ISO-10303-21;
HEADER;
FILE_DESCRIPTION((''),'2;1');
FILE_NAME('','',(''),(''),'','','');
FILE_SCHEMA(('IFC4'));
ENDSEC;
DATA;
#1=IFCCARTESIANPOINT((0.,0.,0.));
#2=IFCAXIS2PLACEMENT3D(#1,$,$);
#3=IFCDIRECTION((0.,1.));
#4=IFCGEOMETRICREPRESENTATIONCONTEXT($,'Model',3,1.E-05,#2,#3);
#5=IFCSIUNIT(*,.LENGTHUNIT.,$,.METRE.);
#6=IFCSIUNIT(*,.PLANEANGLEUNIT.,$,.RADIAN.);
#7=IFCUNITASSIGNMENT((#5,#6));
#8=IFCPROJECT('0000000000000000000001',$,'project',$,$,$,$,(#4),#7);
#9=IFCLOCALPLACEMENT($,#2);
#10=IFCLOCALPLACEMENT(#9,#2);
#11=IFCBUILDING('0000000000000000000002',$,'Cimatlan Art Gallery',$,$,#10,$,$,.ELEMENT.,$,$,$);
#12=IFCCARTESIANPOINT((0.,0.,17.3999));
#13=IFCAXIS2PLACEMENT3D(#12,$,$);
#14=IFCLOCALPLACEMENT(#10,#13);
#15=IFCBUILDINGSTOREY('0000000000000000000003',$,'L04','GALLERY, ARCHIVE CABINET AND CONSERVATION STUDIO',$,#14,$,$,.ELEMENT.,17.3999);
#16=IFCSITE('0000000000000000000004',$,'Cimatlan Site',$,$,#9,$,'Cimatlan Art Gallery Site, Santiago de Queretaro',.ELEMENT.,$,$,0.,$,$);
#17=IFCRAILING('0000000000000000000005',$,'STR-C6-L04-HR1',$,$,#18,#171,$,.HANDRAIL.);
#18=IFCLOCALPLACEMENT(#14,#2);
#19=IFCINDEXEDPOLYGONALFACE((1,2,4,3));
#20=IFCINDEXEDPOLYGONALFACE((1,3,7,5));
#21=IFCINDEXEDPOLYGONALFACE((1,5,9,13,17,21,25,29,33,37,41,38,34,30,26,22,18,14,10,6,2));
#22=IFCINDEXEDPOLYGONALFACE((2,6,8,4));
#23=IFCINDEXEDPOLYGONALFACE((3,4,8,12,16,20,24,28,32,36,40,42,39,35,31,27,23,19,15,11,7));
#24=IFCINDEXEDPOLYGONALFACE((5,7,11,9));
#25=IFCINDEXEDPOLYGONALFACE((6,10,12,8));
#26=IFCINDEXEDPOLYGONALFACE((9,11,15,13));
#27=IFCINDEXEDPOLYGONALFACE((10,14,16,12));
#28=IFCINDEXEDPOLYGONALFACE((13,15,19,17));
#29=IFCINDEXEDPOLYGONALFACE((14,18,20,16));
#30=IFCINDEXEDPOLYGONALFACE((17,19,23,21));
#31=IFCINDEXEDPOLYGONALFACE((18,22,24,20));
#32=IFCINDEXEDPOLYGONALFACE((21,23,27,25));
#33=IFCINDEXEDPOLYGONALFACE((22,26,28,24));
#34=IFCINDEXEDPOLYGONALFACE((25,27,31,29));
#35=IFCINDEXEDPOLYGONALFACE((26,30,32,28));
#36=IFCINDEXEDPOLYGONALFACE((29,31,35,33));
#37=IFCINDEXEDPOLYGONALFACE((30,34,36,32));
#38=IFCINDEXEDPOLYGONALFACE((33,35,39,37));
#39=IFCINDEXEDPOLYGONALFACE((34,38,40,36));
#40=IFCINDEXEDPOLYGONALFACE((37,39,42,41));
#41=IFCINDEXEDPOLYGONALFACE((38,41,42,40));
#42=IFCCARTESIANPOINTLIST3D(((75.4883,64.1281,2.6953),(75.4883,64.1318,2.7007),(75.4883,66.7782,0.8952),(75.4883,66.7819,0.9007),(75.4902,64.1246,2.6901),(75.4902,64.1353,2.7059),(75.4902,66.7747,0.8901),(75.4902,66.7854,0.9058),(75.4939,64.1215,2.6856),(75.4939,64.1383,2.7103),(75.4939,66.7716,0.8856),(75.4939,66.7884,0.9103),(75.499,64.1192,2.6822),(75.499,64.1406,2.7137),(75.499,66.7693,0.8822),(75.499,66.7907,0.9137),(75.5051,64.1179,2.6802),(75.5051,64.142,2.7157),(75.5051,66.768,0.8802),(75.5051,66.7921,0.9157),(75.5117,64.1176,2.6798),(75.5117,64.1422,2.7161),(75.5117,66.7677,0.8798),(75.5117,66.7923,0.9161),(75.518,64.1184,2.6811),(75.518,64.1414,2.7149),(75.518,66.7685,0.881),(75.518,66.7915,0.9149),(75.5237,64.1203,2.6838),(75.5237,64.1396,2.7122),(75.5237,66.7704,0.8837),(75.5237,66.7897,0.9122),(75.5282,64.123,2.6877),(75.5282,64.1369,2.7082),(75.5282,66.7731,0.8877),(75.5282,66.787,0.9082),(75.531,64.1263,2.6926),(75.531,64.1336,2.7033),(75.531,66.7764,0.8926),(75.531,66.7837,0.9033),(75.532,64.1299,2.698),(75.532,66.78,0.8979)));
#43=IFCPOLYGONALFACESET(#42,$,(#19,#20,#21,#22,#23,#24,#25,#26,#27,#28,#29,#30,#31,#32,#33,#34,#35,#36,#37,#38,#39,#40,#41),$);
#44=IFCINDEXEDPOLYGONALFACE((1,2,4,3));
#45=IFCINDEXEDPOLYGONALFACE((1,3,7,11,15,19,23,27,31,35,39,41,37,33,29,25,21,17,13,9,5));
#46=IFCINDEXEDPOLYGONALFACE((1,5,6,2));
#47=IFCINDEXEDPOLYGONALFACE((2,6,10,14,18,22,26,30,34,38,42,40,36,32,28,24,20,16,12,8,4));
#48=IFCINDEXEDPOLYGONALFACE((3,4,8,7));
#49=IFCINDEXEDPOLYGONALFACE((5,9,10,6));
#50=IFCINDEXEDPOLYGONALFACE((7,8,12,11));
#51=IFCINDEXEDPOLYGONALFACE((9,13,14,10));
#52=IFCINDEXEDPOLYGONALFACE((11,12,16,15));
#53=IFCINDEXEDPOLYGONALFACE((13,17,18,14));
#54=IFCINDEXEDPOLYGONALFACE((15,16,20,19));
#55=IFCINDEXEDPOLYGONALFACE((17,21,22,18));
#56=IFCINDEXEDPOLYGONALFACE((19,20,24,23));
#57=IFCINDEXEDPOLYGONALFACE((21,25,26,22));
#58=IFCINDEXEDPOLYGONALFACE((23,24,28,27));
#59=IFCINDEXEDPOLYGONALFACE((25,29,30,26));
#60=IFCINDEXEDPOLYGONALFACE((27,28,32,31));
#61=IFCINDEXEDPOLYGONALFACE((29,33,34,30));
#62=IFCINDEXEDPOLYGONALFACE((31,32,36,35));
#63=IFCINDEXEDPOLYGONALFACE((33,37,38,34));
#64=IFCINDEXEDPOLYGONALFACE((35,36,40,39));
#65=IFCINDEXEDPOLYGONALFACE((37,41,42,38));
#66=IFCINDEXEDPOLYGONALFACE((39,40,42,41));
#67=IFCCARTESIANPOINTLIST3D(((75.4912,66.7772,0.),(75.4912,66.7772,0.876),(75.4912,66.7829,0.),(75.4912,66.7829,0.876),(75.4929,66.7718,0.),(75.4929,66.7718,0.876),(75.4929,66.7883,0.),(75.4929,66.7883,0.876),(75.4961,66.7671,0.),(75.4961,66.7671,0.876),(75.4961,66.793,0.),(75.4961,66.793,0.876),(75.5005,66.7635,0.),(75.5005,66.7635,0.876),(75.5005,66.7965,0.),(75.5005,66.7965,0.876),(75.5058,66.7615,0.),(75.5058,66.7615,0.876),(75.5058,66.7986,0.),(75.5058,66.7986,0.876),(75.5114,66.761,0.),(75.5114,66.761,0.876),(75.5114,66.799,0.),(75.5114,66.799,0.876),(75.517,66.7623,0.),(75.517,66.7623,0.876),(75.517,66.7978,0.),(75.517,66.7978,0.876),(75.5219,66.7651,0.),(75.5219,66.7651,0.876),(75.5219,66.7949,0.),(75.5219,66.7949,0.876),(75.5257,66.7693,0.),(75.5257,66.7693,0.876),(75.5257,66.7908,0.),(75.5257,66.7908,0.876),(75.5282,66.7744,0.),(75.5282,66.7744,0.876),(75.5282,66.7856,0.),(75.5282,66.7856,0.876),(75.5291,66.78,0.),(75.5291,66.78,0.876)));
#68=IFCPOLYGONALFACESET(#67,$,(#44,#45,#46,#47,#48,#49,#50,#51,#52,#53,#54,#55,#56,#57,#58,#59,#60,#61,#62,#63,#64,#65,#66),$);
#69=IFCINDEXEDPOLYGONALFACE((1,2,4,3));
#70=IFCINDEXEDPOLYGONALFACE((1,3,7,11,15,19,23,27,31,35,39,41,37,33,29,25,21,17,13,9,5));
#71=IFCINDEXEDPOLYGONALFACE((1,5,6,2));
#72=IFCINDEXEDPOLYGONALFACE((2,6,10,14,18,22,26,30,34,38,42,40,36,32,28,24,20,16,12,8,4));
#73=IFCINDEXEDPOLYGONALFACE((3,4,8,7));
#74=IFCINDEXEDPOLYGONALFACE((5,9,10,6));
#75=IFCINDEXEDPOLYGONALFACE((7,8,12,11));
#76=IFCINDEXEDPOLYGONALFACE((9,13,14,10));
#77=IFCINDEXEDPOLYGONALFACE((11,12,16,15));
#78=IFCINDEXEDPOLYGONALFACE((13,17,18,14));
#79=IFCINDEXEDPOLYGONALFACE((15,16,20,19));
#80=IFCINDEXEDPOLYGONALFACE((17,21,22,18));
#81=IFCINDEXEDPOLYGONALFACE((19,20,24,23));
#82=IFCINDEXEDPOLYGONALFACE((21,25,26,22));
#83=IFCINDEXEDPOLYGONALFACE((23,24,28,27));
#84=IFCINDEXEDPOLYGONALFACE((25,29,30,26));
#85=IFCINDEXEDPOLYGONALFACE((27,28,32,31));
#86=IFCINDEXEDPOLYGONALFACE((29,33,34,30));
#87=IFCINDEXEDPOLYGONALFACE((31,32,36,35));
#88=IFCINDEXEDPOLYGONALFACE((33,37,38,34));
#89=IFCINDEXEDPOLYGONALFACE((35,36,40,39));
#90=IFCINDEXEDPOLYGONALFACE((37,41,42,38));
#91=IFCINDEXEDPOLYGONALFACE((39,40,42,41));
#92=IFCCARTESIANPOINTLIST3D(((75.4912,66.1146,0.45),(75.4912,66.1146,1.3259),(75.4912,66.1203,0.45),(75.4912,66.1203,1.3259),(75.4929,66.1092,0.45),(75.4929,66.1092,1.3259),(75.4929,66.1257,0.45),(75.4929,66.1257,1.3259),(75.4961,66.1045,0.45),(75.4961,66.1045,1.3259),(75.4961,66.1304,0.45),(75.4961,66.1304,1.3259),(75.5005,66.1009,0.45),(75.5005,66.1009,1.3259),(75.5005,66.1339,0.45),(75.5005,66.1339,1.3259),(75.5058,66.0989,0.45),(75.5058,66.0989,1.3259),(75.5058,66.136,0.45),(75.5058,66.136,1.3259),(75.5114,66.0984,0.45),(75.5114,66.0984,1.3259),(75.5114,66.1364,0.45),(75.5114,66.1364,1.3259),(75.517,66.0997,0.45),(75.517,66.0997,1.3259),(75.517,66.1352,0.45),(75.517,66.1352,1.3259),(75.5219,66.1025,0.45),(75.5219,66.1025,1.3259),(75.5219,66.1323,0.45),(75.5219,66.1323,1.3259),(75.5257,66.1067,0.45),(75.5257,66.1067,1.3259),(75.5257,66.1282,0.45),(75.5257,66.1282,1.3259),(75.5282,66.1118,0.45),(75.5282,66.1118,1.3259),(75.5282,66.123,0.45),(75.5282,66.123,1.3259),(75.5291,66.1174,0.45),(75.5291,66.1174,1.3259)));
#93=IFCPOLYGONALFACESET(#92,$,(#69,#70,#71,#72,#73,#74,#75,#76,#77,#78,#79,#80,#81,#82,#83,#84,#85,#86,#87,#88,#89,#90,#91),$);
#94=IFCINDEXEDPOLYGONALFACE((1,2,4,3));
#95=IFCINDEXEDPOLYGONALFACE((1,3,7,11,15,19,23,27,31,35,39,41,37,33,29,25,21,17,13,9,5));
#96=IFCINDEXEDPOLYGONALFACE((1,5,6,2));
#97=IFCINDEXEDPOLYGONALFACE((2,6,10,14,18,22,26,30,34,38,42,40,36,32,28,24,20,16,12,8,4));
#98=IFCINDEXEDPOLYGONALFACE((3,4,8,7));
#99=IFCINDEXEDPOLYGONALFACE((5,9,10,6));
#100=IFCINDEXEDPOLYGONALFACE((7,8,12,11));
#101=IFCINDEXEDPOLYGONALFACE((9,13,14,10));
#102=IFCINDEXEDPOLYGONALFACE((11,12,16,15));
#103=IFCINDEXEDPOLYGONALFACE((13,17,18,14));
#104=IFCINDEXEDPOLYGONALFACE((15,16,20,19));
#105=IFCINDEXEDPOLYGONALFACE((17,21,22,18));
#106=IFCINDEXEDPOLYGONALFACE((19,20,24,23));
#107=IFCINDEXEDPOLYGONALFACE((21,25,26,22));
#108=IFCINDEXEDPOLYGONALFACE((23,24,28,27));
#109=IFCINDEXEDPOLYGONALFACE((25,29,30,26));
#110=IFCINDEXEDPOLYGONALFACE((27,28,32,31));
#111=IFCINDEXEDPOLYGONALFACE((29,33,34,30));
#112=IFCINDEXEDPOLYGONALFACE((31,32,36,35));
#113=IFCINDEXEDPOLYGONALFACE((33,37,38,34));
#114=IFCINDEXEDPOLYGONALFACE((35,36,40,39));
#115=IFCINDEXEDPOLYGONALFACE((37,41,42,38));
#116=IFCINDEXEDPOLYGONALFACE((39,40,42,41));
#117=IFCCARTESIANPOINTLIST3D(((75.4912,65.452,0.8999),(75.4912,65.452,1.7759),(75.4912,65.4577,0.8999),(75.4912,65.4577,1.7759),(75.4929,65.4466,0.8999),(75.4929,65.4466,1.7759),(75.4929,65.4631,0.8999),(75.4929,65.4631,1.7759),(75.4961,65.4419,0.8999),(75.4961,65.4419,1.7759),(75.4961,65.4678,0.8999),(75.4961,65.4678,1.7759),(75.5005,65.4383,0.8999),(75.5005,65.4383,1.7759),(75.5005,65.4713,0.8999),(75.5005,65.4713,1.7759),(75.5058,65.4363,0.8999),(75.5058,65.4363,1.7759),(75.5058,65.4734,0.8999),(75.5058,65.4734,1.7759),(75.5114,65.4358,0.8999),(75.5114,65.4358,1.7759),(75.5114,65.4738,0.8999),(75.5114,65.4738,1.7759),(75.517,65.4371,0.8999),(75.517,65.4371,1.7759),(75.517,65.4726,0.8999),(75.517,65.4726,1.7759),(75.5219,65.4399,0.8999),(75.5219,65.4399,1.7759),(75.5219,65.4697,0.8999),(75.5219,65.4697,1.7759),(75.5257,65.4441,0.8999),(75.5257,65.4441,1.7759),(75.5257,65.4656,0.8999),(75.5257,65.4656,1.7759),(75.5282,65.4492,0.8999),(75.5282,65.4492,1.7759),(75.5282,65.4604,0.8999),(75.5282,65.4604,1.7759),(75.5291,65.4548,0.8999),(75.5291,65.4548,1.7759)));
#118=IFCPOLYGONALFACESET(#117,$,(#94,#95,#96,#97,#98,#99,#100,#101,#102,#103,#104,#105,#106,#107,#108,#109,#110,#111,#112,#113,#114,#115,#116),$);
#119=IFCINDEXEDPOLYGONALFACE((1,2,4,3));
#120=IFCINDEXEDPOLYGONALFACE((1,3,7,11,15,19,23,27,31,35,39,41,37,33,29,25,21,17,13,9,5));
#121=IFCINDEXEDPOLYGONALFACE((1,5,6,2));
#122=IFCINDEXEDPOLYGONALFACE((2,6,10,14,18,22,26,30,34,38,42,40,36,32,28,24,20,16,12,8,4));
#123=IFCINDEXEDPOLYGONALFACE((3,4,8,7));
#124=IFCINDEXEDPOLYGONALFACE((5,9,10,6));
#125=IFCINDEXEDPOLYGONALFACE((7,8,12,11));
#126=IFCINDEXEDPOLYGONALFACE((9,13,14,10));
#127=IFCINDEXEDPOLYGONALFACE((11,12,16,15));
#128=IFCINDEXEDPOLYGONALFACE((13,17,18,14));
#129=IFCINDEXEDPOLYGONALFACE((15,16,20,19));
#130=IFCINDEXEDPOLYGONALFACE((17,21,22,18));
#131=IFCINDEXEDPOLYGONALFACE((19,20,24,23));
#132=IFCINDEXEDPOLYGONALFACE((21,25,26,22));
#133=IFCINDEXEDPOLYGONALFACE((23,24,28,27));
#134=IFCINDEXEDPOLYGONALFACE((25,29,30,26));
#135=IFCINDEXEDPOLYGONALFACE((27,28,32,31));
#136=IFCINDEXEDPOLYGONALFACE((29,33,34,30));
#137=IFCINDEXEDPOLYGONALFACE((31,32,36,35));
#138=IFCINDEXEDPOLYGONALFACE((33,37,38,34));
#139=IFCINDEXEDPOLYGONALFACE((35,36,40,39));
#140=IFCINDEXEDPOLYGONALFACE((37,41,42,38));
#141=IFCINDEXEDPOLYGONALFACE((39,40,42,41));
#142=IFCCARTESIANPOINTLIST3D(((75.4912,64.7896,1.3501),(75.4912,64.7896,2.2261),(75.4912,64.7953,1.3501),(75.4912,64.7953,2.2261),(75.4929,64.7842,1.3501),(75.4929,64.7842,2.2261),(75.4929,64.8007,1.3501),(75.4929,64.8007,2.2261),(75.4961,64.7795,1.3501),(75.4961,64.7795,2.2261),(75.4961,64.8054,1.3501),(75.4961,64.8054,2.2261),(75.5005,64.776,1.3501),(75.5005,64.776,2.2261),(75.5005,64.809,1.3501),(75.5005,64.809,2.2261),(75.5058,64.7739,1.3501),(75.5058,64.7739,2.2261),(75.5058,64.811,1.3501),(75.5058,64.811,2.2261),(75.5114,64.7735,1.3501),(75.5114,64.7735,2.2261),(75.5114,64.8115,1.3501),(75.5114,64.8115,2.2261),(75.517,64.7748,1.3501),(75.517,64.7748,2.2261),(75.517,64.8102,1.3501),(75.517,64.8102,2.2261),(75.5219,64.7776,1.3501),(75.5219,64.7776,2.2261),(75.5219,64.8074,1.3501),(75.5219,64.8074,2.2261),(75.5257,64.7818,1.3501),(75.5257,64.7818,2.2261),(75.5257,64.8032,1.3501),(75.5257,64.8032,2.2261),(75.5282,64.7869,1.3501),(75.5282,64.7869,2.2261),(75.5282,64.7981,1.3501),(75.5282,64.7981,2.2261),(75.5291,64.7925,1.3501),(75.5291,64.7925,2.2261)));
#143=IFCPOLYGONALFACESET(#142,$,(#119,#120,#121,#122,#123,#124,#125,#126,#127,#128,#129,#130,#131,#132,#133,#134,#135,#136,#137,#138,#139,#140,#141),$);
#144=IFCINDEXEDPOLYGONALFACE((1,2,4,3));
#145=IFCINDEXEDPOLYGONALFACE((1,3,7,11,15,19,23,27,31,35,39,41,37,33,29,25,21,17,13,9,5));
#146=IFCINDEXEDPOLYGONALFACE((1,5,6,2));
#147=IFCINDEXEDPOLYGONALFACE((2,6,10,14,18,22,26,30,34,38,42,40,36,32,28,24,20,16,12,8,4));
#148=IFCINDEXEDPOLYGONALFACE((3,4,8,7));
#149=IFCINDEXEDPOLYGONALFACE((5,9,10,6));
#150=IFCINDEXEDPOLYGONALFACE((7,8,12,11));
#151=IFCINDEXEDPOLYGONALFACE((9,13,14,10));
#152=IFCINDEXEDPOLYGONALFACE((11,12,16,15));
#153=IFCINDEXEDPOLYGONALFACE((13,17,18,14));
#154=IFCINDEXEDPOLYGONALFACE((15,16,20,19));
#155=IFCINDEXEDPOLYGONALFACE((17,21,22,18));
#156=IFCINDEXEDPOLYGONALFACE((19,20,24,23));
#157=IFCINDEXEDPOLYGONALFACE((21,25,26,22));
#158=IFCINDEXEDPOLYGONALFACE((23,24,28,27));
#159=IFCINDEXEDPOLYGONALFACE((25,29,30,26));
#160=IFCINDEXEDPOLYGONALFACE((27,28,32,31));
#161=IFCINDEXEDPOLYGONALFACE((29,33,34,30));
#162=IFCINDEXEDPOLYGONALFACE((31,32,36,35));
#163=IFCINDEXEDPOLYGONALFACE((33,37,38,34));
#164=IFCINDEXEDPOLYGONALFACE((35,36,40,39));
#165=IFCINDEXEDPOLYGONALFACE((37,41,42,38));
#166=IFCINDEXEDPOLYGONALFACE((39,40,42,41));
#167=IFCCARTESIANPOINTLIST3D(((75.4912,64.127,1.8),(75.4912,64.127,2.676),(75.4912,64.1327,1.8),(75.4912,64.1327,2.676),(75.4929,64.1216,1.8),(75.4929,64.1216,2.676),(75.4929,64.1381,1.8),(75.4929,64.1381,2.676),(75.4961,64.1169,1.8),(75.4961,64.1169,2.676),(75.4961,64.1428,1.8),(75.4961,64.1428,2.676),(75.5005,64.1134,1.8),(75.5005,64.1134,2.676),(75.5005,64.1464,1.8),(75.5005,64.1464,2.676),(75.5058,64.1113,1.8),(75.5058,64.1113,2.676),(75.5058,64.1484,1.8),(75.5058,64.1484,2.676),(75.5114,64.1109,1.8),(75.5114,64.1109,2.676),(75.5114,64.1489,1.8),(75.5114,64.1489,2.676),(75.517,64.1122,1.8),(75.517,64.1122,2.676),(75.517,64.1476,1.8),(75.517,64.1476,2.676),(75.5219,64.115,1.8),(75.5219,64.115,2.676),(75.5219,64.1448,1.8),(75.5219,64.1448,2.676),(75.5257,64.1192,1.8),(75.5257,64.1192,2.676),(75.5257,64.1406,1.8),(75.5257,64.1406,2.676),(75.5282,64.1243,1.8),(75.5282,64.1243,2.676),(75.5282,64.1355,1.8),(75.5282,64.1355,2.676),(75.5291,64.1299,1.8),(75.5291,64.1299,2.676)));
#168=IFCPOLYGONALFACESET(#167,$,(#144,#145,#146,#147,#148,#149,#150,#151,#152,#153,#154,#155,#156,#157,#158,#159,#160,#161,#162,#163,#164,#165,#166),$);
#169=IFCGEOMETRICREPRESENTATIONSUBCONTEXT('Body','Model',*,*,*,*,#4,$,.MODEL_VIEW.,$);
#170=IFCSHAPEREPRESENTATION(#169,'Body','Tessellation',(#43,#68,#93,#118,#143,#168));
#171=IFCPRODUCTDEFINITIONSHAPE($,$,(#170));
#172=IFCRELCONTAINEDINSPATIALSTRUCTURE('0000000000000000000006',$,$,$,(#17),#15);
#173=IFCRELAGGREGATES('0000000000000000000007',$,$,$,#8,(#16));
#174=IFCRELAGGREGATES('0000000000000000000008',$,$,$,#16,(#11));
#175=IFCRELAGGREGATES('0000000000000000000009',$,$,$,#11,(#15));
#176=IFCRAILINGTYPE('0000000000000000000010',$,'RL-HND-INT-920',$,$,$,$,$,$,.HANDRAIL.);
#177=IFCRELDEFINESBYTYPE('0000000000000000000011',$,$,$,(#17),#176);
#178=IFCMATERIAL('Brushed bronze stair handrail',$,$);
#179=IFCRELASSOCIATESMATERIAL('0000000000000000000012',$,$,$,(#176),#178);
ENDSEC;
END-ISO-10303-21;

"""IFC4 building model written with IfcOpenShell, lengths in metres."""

from ifc_helpers import new_model, si_unit, direction, frame, origin, origin_2d, place, context, subcontext, project, spatial, circle, extrude, material, type_object, element, save


model = new_model("IFC4")

# Units and contexts
model_context = context("Model", 3, precision=1e-05, world=origin(), true_north=direction((0.0, 1.0)))
body_context = subcontext(model_context, "Body", "Model", "MODEL_VIEW")
ifc_project = project(units=[si_unit("LENGTHUNIT", "METRE"), si_unit("PLANEANGLEUNIT", "RADIAN")], contexts=[model_context])

# Site, building, storey
site_placement = place(None, origin())
site = spatial("IfcSite", under=ifc_project, at=site_placement, Name="Cimatlan Site", LongName="Cimatlan Art Gallery Site, Santiago de Queretaro", CompositionType="ELEMENT", RefElevation=0.0)
building_placement = place(site_placement, origin())
building = spatial("IfcBuilding", under=site, at=building_placement, Name="Cimatlan Art Gallery", CompositionType="ELEMENT")
storey_placement = place(building_placement, frame((0.0, 0.0, 17.3999)))
storey = spatial("IfcBuildingStorey", under=building, at=storey_placement, Name="L04", Description="GALLERY, ARCHIVE CABINET AND CONSERVATION STUDIO", CompositionType="ELEMENT", Elevation=17.3999)

# Railing
ifc_material_1 = material(Name="Brushed bronze stair handrail")
railing_type_1 = type_object("IfcRailingType", Name="RL-HND-INT-920", PredefinedType="HANDRAIL", material=ifc_material_1)
railing_1_placement = place(storey_placement, frame((75.51, 66.78, 0.0)))
element("IfcRailing", 1, at=railing_1_placement, inside=storey, type_object=railing_type_1, Name="STR-C6-L04-HR1", PredefinedType="HANDRAIL", context=body_context, shape_type="SweptSolid", body=[
    extrude(circle(Radius=0.022, at=origin_2d()), frame((0.0, 0.0, 0.8979), z_axis=(0.0, -0.827224, 0.561872), x_axis=(1.0, 0.0, 0.0)), (0.0, 0.0, 1.0), 3.2036),
    extrude(circle(Radius=0.019, at=origin_2d()), origin(), (0.0, 0.0, 1.0), 0.876),
    extrude(circle(Radius=0.019, at=origin_2d()), frame((0.0, -0.6626, 0.45)), (0.0, 0.0, 1.0), 0.876),
    extrude(circle(Radius=0.019, at=origin_2d()), frame((0.0, -1.3252, 0.8999)), (0.0, 0.0, 1.0), 0.876),
    extrude(circle(Radius=0.019, at=origin_2d()), frame((0.0, -1.9875, 1.3501)), (0.0, 0.0, 1.0), 0.876),
    extrude(circle(Radius=0.019, at=origin_2d()), frame((0.0, -2.6501, 1.8)), (0.0, 0.0, 1.0), 0.876),
])

save(model, "model.ifc")
